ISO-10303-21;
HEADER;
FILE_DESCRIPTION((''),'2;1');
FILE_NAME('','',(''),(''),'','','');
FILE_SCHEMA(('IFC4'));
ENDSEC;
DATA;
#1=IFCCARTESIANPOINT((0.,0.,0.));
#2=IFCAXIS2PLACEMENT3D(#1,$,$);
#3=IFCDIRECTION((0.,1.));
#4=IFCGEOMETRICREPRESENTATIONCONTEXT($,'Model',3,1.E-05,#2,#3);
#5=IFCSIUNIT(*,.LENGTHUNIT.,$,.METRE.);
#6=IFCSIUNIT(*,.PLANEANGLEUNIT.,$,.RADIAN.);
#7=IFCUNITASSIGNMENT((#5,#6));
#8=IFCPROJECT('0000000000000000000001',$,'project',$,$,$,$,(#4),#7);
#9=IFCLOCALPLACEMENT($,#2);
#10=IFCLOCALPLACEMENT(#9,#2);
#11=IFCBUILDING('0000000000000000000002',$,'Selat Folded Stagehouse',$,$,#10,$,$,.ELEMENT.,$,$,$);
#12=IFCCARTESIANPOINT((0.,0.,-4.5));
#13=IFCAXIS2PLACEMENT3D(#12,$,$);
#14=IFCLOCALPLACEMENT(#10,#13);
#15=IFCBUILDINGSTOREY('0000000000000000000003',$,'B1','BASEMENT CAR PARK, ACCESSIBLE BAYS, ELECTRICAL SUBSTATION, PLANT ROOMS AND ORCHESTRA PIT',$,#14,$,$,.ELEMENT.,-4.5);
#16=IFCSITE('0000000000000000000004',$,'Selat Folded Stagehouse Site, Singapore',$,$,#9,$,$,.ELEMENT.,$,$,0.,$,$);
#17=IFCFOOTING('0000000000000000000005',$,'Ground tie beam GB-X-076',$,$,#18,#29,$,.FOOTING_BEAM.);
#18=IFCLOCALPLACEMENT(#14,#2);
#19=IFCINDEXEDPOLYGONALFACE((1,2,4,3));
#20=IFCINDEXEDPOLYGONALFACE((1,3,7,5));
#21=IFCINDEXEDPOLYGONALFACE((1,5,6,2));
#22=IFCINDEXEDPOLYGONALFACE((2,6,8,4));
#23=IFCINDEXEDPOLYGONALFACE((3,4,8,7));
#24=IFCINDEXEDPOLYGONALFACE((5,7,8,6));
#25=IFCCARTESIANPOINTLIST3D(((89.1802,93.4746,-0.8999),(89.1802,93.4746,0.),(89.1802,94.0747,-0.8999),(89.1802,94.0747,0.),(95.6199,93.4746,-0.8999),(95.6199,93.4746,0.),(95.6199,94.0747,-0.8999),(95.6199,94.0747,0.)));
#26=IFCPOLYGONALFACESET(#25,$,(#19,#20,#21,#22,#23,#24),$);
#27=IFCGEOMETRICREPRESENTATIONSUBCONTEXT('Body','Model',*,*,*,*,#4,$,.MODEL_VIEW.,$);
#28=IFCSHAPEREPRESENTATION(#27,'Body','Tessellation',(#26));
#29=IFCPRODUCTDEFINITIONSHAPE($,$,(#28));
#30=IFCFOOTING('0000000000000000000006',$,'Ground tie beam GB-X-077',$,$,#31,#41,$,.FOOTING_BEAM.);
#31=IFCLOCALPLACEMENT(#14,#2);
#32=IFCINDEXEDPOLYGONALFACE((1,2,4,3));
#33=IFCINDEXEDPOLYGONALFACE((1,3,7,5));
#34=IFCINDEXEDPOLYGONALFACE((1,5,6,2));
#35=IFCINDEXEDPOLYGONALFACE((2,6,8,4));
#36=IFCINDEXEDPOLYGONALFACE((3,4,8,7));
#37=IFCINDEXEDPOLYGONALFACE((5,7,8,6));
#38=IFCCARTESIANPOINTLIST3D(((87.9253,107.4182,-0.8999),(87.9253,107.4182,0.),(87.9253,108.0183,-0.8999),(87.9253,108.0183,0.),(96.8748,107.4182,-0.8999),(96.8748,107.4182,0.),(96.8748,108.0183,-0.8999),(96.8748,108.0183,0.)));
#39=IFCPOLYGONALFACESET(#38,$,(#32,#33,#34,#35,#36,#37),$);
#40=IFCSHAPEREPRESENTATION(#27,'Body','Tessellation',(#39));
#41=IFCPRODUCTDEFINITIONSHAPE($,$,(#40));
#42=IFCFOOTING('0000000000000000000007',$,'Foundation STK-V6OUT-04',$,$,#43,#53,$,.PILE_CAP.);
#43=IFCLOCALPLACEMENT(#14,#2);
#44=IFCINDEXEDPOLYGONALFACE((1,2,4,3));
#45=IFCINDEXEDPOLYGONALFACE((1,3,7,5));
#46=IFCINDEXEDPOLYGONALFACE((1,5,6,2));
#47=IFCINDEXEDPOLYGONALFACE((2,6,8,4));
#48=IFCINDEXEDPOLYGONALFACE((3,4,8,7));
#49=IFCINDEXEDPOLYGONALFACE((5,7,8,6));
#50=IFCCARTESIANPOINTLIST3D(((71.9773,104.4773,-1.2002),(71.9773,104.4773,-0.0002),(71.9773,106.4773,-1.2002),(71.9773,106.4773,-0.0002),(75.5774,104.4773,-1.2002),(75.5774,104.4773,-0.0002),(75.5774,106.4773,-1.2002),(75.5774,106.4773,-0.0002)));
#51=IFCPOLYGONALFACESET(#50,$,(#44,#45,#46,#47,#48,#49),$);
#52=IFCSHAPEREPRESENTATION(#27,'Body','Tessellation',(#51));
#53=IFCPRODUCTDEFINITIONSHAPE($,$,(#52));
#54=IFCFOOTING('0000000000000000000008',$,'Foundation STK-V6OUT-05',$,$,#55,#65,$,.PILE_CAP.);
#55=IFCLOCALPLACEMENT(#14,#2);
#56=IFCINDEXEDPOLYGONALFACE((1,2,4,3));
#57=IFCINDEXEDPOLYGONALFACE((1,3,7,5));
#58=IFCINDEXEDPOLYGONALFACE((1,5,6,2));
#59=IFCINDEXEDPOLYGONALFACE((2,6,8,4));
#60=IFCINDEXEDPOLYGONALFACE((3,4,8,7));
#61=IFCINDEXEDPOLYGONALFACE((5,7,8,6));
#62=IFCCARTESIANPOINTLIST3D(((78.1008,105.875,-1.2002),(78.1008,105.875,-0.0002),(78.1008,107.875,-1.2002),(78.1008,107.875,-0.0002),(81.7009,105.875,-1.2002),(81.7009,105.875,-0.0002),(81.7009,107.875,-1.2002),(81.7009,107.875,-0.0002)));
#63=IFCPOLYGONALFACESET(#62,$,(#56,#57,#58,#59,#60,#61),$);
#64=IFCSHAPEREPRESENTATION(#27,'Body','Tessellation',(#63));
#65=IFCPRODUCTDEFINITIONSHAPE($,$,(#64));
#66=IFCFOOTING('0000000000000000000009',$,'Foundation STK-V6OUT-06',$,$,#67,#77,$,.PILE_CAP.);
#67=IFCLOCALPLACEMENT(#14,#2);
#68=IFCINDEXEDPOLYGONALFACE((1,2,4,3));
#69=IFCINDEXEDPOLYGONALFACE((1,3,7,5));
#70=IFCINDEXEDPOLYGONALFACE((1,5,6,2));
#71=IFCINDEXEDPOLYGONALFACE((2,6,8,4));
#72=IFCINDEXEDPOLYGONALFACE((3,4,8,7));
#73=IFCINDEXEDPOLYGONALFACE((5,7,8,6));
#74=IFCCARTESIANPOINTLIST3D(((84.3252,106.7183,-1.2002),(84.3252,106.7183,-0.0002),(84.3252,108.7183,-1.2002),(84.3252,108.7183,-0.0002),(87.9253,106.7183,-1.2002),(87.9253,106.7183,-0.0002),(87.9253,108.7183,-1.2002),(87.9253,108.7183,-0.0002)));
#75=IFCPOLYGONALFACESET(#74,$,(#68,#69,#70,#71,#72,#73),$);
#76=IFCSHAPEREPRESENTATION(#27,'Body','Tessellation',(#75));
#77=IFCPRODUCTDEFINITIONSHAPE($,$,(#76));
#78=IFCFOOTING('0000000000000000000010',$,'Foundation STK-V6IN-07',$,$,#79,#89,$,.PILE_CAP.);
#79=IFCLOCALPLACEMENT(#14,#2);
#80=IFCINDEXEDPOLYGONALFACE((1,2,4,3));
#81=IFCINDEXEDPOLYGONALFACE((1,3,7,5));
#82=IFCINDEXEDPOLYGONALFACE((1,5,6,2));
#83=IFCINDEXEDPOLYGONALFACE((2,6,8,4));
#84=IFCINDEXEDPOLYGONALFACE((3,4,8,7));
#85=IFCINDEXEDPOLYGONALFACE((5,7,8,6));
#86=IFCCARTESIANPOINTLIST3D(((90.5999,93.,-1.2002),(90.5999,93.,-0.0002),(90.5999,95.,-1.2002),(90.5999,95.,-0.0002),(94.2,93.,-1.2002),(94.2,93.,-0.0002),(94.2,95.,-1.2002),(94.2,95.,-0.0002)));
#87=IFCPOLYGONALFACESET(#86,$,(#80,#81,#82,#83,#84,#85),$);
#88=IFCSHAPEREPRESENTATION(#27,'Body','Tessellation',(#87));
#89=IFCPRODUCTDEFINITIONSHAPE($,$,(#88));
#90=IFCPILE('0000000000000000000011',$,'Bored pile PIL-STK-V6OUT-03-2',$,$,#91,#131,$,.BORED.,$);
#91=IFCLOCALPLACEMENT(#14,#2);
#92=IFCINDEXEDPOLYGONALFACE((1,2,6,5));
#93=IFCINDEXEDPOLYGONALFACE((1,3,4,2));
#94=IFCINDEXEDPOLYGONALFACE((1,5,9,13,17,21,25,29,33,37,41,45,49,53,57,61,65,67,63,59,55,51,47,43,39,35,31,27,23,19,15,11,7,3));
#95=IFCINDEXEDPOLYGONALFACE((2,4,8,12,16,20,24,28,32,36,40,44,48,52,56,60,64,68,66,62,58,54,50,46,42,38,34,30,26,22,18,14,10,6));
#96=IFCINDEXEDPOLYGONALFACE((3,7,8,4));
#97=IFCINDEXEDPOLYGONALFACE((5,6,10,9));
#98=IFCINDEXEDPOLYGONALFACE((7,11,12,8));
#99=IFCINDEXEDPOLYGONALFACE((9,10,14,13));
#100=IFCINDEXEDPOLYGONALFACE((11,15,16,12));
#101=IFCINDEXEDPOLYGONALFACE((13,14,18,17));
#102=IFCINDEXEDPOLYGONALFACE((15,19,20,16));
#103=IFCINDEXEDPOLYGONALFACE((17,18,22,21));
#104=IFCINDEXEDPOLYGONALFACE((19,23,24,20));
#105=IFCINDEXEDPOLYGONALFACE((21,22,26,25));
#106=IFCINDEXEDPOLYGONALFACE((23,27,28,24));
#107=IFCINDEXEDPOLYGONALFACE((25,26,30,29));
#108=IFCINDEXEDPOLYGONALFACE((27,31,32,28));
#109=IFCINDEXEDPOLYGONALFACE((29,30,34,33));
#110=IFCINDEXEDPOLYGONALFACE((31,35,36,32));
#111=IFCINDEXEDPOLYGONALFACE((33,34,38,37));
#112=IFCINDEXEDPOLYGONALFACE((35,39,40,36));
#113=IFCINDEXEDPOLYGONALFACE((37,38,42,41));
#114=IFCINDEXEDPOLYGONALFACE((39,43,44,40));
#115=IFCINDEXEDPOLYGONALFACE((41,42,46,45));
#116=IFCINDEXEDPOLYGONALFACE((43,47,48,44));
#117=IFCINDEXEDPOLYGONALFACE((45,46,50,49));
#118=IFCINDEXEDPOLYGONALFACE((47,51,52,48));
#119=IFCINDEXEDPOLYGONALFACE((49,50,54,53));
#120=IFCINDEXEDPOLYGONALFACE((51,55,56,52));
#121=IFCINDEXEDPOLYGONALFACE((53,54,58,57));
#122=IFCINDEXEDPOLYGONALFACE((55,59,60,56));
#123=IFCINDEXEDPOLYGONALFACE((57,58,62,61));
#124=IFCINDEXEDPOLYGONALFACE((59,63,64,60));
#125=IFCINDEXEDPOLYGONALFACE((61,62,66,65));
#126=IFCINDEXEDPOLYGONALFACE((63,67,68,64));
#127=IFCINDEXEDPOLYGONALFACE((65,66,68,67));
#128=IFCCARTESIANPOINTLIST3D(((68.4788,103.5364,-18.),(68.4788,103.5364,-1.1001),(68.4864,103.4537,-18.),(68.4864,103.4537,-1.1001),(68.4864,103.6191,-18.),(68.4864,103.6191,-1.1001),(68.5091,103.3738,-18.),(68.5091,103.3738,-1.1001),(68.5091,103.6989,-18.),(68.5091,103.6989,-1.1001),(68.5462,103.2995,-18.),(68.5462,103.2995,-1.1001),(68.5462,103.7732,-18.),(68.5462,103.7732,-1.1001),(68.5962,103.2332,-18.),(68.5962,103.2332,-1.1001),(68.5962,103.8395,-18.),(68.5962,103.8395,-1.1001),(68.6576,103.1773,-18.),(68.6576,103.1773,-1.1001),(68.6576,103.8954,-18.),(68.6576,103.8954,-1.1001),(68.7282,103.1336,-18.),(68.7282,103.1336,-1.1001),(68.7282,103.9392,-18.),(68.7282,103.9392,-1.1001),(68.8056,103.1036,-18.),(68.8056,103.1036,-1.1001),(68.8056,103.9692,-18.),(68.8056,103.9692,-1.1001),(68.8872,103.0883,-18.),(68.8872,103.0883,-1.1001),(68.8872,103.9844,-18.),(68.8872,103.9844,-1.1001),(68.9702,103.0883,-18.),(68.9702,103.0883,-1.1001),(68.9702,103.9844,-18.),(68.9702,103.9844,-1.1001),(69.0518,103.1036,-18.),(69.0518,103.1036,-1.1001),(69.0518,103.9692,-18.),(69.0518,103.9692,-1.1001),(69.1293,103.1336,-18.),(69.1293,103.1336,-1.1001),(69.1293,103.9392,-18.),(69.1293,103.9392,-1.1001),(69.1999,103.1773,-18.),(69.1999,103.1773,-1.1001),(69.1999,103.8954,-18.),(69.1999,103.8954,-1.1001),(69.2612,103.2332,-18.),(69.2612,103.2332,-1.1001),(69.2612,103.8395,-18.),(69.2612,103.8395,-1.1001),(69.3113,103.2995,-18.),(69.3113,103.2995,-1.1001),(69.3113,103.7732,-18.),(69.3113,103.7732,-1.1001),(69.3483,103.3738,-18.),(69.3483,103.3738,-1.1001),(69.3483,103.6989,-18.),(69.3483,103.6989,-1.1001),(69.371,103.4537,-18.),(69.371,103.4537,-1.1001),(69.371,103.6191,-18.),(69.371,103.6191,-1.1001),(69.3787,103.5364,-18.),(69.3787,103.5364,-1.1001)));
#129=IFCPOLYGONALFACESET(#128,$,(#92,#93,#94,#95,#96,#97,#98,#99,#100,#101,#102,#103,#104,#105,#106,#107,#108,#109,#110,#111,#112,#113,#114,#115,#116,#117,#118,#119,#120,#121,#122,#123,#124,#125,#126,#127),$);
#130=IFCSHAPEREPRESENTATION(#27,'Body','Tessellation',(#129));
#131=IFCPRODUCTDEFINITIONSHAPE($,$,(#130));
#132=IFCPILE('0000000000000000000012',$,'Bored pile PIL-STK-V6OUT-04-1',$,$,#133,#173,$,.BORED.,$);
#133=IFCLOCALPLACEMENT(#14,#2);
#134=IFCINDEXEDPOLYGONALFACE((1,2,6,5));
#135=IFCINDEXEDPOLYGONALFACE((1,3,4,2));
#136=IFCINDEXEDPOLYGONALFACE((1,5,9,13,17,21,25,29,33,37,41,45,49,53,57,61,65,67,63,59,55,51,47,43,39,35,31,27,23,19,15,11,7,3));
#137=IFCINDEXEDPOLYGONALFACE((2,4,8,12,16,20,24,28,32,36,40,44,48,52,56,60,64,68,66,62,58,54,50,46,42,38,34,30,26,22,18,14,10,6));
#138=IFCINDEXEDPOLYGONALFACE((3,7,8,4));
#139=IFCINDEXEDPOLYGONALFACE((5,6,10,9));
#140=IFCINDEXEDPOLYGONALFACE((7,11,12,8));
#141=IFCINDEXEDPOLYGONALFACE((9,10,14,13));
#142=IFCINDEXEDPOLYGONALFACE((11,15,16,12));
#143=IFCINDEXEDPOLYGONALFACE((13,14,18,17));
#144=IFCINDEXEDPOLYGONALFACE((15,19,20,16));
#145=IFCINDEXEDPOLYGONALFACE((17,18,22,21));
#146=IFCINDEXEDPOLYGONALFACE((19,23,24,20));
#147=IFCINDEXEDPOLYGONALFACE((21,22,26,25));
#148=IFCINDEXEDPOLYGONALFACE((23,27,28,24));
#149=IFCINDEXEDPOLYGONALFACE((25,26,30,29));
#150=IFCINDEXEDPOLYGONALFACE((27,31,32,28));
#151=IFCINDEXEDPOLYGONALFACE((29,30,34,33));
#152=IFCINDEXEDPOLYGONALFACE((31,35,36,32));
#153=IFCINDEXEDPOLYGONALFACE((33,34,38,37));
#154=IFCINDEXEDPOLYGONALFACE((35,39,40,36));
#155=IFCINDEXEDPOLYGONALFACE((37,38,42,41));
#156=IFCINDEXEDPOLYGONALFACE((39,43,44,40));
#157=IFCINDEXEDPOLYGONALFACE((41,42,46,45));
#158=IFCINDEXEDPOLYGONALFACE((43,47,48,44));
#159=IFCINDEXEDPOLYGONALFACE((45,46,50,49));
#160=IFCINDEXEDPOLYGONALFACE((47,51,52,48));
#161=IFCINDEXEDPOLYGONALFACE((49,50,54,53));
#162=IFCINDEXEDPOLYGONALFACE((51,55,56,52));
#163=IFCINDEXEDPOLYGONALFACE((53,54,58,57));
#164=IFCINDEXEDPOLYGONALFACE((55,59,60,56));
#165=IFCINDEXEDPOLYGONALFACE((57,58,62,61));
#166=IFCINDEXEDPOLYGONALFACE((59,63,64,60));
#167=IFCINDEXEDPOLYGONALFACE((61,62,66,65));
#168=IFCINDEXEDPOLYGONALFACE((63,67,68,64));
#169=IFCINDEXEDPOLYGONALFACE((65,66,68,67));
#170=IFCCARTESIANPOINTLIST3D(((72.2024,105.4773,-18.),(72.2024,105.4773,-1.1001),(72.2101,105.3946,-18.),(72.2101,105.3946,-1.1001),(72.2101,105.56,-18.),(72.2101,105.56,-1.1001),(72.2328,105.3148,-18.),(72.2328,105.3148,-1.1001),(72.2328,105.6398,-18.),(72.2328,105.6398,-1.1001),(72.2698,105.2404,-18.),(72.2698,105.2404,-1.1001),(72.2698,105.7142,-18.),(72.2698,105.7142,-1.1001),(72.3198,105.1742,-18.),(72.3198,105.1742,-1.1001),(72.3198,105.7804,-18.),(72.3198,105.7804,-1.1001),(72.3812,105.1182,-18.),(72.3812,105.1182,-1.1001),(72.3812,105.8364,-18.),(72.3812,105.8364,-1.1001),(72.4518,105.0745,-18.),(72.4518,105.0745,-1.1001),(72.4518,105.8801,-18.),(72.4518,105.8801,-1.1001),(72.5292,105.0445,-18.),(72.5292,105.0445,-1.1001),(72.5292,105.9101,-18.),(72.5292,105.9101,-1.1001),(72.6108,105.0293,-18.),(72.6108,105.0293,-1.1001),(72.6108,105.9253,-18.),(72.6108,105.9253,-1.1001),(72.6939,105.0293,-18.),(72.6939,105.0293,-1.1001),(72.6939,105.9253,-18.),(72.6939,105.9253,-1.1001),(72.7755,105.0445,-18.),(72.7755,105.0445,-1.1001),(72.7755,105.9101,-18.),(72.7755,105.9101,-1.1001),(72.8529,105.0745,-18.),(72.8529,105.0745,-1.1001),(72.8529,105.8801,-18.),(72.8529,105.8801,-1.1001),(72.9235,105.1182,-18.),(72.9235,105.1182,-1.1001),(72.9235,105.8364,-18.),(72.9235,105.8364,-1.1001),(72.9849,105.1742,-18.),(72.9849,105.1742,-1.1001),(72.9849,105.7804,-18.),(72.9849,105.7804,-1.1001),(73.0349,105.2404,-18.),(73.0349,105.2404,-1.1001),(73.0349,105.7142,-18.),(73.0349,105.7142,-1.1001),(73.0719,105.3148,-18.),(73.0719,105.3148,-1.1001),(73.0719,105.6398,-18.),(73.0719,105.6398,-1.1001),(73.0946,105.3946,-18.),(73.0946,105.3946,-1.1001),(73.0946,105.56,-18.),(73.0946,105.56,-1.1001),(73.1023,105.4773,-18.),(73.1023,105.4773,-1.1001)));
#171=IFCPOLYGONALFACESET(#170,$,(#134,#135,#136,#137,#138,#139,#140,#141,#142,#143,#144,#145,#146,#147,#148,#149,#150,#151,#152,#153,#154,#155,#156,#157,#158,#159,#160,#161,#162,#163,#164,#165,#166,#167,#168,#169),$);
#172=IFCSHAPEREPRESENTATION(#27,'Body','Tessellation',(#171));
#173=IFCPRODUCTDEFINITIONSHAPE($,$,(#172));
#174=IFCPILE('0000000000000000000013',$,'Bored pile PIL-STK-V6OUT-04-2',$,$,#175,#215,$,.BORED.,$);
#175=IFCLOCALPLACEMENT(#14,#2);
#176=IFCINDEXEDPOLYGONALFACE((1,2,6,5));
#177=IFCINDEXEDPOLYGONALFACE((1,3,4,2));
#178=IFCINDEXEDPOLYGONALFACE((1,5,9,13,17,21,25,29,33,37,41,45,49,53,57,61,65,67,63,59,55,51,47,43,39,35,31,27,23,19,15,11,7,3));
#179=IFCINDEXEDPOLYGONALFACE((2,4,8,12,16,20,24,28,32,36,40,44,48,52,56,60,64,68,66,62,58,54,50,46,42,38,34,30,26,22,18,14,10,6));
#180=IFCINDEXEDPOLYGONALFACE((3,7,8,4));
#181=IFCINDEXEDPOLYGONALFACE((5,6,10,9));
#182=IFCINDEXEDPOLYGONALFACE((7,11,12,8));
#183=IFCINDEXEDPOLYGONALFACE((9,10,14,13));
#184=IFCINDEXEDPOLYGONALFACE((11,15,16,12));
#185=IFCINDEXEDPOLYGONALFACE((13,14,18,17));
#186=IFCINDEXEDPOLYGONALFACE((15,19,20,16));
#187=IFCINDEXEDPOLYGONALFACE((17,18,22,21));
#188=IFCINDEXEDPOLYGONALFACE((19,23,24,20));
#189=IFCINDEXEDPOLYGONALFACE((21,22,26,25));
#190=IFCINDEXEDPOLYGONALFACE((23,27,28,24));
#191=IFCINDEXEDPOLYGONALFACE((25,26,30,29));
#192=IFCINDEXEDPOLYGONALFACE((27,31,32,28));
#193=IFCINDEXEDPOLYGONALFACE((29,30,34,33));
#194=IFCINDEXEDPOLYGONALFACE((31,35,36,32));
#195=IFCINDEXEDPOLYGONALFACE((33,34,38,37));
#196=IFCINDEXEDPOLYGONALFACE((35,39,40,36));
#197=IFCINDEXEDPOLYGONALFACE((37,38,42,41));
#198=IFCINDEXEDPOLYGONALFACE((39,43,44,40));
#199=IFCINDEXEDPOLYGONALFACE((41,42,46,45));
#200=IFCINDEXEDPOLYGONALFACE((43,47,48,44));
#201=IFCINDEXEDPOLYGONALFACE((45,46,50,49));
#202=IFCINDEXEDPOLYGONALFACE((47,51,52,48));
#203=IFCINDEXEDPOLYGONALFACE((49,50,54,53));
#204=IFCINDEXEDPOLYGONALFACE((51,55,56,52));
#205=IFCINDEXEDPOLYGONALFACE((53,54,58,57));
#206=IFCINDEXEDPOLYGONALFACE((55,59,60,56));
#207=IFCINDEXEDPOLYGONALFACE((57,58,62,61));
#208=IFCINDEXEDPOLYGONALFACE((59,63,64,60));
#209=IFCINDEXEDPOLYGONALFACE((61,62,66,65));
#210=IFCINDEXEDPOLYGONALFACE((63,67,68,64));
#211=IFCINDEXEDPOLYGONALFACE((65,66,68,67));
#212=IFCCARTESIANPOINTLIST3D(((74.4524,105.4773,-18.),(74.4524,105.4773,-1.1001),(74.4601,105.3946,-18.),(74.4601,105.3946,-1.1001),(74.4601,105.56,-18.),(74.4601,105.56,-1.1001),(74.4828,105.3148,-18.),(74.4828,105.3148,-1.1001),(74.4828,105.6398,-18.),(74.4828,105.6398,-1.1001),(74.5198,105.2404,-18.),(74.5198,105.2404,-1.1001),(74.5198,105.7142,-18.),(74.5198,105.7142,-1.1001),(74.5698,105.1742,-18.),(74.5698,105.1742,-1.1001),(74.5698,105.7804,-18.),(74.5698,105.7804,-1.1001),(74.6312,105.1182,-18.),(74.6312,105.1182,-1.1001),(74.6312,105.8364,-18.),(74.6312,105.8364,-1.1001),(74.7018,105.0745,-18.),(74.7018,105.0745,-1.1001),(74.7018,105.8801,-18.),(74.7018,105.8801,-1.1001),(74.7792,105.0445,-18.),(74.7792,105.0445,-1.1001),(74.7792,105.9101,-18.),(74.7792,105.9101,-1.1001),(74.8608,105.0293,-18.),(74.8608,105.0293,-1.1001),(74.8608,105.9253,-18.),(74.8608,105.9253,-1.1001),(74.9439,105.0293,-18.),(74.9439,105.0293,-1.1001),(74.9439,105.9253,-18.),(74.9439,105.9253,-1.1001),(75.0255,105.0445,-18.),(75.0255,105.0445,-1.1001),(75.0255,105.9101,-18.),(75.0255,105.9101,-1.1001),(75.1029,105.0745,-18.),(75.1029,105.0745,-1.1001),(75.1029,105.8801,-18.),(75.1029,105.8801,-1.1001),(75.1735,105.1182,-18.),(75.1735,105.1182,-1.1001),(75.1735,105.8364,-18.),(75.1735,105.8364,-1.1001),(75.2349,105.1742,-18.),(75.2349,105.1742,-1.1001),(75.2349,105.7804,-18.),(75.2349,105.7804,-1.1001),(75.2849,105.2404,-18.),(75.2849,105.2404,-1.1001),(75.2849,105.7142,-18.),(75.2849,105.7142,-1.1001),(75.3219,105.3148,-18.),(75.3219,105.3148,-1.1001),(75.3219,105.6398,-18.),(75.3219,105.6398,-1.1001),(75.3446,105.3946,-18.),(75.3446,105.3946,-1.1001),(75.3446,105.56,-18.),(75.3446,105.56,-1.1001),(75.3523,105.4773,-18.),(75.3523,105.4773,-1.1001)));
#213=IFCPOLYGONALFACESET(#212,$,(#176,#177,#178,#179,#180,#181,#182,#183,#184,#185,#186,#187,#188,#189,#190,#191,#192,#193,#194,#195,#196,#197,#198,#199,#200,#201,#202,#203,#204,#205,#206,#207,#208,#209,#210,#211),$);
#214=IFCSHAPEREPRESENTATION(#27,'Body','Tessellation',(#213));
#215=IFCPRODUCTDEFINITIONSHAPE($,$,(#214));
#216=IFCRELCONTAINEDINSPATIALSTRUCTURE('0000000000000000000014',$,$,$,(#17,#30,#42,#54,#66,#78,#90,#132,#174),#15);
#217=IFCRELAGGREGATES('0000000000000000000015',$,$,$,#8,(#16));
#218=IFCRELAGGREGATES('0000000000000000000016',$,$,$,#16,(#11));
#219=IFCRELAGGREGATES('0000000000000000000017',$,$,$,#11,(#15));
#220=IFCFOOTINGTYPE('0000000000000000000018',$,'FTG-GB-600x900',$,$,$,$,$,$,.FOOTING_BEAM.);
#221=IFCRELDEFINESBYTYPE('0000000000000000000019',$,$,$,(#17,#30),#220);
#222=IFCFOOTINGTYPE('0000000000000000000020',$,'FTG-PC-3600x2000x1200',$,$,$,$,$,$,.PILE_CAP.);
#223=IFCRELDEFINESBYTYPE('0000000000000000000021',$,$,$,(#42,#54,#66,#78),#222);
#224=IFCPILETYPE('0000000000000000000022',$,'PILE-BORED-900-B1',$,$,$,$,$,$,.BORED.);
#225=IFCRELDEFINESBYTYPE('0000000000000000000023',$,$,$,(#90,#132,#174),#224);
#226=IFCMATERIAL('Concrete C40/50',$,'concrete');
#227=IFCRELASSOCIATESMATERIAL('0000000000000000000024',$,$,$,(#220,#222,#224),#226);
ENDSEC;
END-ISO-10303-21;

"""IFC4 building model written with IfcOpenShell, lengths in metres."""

from ifc_helpers import new_model, si_unit, direction, frame, origin, origin_2d, place, context, subcontext, project, spatial, rectangle, circle, extrude, material, material_profile, profile_set, type_object, element, save


model = new_model("IFC4")

# Units and contexts
model_context = context("Model", 3, precision=1e-05, world=origin(), true_north=direction((0.0, 1.0)))
body_context = subcontext(model_context, "Body", "Model", "MODEL_VIEW")
ifc_project = project(units=[si_unit("LENGTHUNIT", "METRE"), si_unit("PLANEANGLEUNIT", "RADIAN")], contexts=[model_context])

# Site, building, storey
site_placement = place(None, origin())
site = spatial("IfcSite", under=ifc_project, at=site_placement, Name="Selat Folded Stagehouse Site, Singapore", CompositionType="ELEMENT", RefElevation=0.0)
building_placement = place(site_placement, origin())
building = spatial("IfcBuilding", under=site, at=building_placement, Name="Selat Folded Stagehouse", CompositionType="ELEMENT")
storey_placement = place(building_placement, frame((0.0, 0.0, -4.5)))
storey = spatial("IfcBuildingStorey", under=building, at=storey_placement, Name="B1", Description="BASEMENT CAR PARK, ACCESSIBLE BAYS, ELECTRICAL SUBSTATION, PLANT ROOMS AND ORCHESTRA PIT", CompositionType="ELEMENT", Elevation=-4.5)

# Footings
ifc_material_1 = material(Name="Concrete C40/50", Category="concrete")
ifc_material_profile_1 = material_profile(ifc_material_1, rectangle(XDim=0.6001, YDim=0.8999, at=origin_2d()), Name="RC 900x600")
ifc_profile_set_1 = profile_set([ifc_material_profile_1], Name="Concrete C40/50")
footing_type_1 = type_object("IfcFootingType", Name="FTG-GB-600x900", PredefinedType="FOOTING_BEAM", material=ifc_profile_set_1)
footing_1_placement = place(storey_placement, frame((89.1802, 93.7747, -0.45), z_axis=(1.0, 0.0, 0.0), x_axis=(0.0, 1.0, 0.0)))
element("IfcFooting", 1, at=footing_1_placement, inside=storey, type_object=footing_type_1, Name="Ground tie beam GB-X-076", PredefinedType="FOOTING_BEAM", context=body_context, shape_type="SweptSolid", body=[
    extrude(rectangle(XDim=0.6001, YDim=0.8999, at=origin_2d()), origin(), (0.0, 0.0, 1.0), 6.4397),
])
footing_2_placement = place(storey_placement, frame((87.9253, 107.7183, -0.45), z_axis=(1.0, 0.0, 0.0), x_axis=(0.0, 1.0, 0.0)))
element("IfcFooting", 2, at=footing_2_placement, inside=storey, type_object=footing_type_1, Name="Ground tie beam GB-X-077", PredefinedType="FOOTING_BEAM", context=body_context, shape_type="SweptSolid", body=[
    extrude(rectangle(XDim=0.6001, YDim=0.8999, at=origin_2d()), origin(), (0.0, 0.0, 1.0), 8.9495),
])
footing_type_2 = type_object("IfcFootingType", Name="FTG-PC-3600x2000x1200", PredefinedType="PILE_CAP", material=ifc_material_1)
for number, where, z_axis, x_axis, name in (
    (3, (73.7773, 105.4773, -1.2002), (0.0, 0.0, 1.0), (1.0, 0.0, 0.0), "Foundation STK-V6OUT-04"),
    (4, (79.9009, 106.875, -1.2002), (0.0, 0.0, 1.0), (1.0, 0.0, 0.0), "Foundation STK-V6OUT-05"),
    (5, (86.1252, 107.7183, -1.2002), (0.0, 0.0, 1.0), (1.0, 0.0, 0.0), "Foundation STK-V6OUT-06"),
    (6, (92.3999, 94.0, -1.2002), (0.0, 0.0, 1.0), (1.0, 0.0, 0.0), "Foundation STK-V6IN-07"),
):
    element("IfcFooting", number, at=place(storey_placement, frame(where, z_axis=z_axis, x_axis=x_axis)), inside=storey, type_object=footing_type_2, Name=name, PredefinedType="PILE_CAP", context=body_context, shape_type="SweptSolid", body=[
        extrude(rectangle(XDim=3.6001, YDim=2.0, at=origin_2d()), origin(), (0.0, 0.0, 1.0), 1.2),
    ])

# Piles
ifc_material_profile_2 = material_profile(ifc_material_1, circle(Radius=0.45, at=origin_2d()), Name="PILE D900")
ifc_profile_set_2 = profile_set([ifc_material_profile_2], Name="Concrete C40/50")
pile_type = type_object("IfcPileType", Name="PILE-BORED-900-B1", PredefinedType="BORED", material=ifc_profile_set_2)
for number, where, z_axis, x_axis, name in (
    (7, (68.9287, 103.5364, -1.1001), (0.0, 0.0, -1.0), (1.0, 0.0, 0.0), "Bored pile PIL-STK-V6OUT-03-2"),
    (8, (72.6523, 105.4773, -1.1001), (0.0, 0.0, -1.0), (1.0, 0.0, 0.0), "Bored pile PIL-STK-V6OUT-04-1"),
    (9, (74.9023, 105.4773, -1.1001), (0.0, 0.0, -1.0), (1.0, 0.0, 0.0), "Bored pile PIL-STK-V6OUT-04-2"),
):
    element("IfcPile", number, at=place(storey_placement, frame(where, z_axis=z_axis, x_axis=x_axis)), inside=storey, type_object=pile_type, Name=name, PredefinedType="BORED", context=body_context, shape_type="SweptSolid", body=[
        extrude(circle(Radius=0.45, at=origin_2d()), origin(), (0.0, 0.0, 1.0), 16.8999),
    ])

save(model, "model.ifc")
